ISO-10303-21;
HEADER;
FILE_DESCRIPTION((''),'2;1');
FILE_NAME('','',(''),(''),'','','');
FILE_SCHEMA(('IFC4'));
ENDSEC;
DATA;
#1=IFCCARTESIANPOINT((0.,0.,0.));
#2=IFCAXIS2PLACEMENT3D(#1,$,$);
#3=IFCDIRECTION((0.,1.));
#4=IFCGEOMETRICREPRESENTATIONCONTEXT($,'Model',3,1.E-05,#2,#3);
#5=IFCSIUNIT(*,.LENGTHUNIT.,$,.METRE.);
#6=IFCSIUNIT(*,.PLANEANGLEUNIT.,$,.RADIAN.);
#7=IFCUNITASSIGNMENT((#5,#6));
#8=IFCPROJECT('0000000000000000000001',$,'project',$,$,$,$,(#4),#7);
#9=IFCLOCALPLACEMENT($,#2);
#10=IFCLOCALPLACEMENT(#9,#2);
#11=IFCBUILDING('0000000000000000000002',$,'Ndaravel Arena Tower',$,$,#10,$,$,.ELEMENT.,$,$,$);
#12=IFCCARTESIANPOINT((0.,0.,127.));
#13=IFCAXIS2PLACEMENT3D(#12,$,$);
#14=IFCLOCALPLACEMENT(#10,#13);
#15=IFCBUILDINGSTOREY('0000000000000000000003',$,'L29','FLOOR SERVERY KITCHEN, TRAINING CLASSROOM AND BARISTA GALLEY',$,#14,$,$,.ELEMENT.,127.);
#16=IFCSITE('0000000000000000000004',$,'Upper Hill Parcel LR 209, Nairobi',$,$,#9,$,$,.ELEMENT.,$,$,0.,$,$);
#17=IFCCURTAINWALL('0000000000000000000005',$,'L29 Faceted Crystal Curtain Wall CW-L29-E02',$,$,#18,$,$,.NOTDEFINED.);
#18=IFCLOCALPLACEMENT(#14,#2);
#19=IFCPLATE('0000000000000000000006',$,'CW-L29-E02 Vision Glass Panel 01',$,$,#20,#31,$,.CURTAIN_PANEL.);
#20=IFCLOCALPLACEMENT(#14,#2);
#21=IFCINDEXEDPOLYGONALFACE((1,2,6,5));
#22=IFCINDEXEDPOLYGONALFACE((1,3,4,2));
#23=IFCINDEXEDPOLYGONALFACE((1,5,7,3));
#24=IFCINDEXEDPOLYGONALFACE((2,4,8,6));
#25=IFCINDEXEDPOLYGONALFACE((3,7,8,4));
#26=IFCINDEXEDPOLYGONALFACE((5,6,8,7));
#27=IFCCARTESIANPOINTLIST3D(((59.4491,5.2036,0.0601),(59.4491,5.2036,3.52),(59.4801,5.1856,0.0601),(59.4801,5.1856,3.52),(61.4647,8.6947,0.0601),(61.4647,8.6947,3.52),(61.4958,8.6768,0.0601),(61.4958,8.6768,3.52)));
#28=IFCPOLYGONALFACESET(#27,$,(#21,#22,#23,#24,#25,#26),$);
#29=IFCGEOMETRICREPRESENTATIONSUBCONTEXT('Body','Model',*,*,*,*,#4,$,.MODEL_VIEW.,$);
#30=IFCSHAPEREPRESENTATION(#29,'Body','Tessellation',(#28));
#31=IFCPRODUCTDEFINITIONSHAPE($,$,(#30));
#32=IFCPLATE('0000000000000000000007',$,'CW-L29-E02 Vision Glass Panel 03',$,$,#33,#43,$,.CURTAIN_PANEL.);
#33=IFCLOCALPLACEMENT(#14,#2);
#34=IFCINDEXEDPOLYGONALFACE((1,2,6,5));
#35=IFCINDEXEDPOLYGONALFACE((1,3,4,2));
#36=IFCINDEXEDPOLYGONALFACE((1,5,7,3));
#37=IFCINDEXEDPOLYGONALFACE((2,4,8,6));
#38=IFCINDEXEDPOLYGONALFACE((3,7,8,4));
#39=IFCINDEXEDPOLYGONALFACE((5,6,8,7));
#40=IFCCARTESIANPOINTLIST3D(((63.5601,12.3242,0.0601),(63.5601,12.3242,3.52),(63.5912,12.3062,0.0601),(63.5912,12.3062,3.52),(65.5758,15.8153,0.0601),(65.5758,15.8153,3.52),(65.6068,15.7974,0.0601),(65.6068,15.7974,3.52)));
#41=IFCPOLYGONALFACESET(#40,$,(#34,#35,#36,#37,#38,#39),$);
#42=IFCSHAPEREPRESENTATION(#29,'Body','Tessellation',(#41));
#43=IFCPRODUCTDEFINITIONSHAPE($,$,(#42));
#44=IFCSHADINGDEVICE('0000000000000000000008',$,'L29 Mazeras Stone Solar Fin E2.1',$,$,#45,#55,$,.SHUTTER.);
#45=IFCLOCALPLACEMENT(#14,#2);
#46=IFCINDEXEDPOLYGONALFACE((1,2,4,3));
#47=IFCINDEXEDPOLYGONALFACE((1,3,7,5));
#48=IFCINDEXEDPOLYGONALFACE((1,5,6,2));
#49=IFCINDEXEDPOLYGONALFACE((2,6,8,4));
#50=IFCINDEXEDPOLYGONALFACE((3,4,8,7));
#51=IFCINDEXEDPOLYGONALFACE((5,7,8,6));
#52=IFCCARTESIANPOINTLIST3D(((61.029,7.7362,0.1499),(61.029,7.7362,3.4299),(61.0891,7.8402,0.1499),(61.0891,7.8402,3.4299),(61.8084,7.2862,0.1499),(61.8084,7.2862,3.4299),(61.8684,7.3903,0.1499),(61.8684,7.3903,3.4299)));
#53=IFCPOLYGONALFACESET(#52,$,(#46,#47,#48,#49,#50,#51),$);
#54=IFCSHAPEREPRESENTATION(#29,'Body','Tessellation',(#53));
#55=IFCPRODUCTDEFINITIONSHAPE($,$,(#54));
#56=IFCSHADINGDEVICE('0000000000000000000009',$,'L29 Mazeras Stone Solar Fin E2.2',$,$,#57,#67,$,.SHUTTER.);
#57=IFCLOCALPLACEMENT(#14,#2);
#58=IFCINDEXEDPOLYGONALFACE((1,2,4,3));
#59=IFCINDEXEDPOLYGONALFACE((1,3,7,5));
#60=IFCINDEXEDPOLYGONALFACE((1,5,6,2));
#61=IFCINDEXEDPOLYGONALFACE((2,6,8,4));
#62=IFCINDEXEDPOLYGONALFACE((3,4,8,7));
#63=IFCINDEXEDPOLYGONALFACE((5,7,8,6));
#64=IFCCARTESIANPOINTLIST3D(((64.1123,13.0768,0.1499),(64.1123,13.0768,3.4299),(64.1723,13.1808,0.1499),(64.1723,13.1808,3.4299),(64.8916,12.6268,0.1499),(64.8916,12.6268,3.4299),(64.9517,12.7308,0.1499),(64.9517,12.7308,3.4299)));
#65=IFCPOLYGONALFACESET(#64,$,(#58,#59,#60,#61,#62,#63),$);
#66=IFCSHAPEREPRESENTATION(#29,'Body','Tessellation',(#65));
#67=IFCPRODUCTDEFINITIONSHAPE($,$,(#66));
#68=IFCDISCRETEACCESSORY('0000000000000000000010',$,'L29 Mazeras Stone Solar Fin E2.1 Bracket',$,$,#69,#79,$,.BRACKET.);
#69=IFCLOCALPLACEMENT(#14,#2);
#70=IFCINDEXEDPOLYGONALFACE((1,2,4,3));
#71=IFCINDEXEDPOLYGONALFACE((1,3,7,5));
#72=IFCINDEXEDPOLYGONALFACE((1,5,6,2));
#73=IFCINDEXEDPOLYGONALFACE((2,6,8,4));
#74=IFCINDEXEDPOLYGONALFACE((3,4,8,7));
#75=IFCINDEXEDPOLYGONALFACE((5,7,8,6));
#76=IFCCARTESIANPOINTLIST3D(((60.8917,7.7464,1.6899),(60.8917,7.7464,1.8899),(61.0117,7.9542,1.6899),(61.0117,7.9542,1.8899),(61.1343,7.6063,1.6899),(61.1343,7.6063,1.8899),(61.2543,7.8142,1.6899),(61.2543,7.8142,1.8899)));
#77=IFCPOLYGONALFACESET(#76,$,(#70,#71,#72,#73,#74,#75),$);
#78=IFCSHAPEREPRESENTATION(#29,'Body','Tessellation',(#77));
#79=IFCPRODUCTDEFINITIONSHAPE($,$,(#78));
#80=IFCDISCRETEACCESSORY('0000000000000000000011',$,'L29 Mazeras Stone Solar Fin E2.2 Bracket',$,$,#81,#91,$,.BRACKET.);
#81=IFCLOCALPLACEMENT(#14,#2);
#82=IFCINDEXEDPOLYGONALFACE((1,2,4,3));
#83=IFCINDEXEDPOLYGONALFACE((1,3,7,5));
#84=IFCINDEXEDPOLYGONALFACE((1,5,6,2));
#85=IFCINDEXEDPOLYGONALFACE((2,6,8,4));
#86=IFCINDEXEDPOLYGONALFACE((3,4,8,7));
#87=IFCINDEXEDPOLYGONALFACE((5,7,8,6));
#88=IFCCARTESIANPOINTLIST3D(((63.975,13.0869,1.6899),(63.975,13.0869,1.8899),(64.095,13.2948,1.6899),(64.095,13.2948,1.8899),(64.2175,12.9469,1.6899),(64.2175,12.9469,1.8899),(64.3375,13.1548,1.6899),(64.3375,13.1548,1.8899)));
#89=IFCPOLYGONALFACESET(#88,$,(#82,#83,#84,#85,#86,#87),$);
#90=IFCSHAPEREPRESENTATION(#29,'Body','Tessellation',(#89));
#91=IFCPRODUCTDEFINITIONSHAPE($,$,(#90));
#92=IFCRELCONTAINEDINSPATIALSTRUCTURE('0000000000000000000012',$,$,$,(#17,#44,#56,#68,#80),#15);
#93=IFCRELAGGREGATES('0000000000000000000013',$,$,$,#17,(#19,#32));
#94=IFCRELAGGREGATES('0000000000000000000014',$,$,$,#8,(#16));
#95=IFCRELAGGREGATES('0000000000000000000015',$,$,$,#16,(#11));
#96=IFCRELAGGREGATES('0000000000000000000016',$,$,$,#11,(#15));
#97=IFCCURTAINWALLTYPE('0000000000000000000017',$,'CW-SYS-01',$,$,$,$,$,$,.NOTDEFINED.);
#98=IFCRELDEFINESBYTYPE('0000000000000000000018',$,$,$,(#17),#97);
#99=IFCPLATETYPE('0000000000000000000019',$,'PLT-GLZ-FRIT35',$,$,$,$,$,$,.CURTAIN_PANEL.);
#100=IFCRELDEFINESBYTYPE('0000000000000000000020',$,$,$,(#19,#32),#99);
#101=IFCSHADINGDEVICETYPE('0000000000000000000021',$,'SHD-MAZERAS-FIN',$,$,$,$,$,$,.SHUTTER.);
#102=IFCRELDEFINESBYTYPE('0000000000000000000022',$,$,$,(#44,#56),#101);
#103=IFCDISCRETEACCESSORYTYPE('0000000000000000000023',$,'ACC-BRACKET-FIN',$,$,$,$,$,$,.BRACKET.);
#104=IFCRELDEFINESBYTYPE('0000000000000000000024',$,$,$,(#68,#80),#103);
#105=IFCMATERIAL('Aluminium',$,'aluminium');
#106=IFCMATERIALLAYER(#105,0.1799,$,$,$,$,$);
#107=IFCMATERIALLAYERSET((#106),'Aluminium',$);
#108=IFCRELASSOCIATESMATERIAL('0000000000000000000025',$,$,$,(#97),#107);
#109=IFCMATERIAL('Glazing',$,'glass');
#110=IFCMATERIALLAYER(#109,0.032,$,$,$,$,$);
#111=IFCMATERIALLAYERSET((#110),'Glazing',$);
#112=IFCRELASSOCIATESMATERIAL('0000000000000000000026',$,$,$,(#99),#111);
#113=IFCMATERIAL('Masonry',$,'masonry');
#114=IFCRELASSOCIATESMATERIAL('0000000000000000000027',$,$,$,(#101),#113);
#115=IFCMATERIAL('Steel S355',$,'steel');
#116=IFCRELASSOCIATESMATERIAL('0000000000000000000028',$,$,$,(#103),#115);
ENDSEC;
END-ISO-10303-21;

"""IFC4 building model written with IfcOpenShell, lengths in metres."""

from ifc_helpers import new_model, si_unit, direction, frame, origin, origin_2d, place, context, subcontext, project, spatial, rectangle, extrude, material, layer, layer_set, type_object, element, aggregate, save


model = new_model("IFC4")

# Units and contexts
model_context = context("Model", 3, precision=1e-05, world=origin(), true_north=direction((0.0, 1.0)))
body_context = subcontext(model_context, "Body", "Model", "MODEL_VIEW")
ifc_project = project(units=[si_unit("LENGTHUNIT", "METRE"), si_unit("PLANEANGLEUNIT", "RADIAN")], contexts=[model_context])

# Site, building, storey
site_placement = place(None, origin())
site = spatial("IfcSite", under=ifc_project, at=site_placement, Name="Upper Hill Parcel LR 209, Nairobi", CompositionType="ELEMENT", RefElevation=0.0)
building_placement = place(site_placement, origin())
building = spatial("IfcBuilding", under=site, at=building_placement, Name="Ndaravel Arena Tower", CompositionType="ELEMENT")
storey_placement = place(building_placement, frame((0.0, 0.0, 127.0)))
storey = spatial("IfcBuildingStorey", under=building, at=storey_placement, Name="L29", Description="FLOOR SERVERY KITCHEN, TRAINING CLASSROOM AND BARISTA GALLEY", CompositionType="ELEMENT", Elevation=127.0)

# Curtain wall, plates
ifc_material_1 = material(Name="Aluminium", Category="aluminium")
ifc_layer_1 = layer(ifc_material_1, 0.1799)
ifc_layer_set_1 = layer_set([ifc_layer_1], Name="Aluminium")
curtain_wall_type = type_object("IfcCurtainWallType", Name="CW-SYS-01", PredefinedType="NOTDEFINED", material=ifc_layer_set_1)
curtain_wall_placement = place(storey_placement, origin())
curtain_wall = element("IfcCurtainWall", 1, at=curtain_wall_placement, inside=storey, type_object=curtain_wall_type, Name="L29 Faceted Crystal Curtain Wall CW-L29-E02", PredefinedType="NOTDEFINED")
ifc_material_2 = material(Name="Glazing", Category="glass")
ifc_layer_2 = layer(ifc_material_2, 0.032)
ifc_layer_set_2 = layer_set([ifc_layer_2], Name="Glazing")
plate_type_1 = type_object("IfcPlateType", Name="PLT-GLZ-FRIT35", PredefinedType="CURTAIN_PANEL", material=ifc_layer_set_2)
plate_1_placement = place(storey_placement, frame((60.4724, 6.9402, 0.0601), z_axis=(0.0, 0.0, 1.0), x_axis=(0.5, 0.866025, 0.0)))
plate_1 = element("IfcPlate", 2, at=plate_1_placement, type_object=plate_type_1, Name="CW-L29-E02 Vision Glass Panel 01", PredefinedType="CURTAIN_PANEL", context=body_context, shape_type="SweptSolid", body=[
    extrude(rectangle(XDim=4.0312, YDim=0.0359, at=origin_2d()), origin(), (0.0, 0.0, 1.0), 3.46),
])
plate_2_placement = place(storey_placement, frame((64.5835, 14.0608, 0.0601), z_axis=(0.0, 0.0, 1.0), x_axis=(0.5, 0.866025, 0.0)))
plate_2 = element("IfcPlate", 3, at=plate_2_placement, type_object=plate_type_1, Name="CW-L29-E02 Vision Glass Panel 03", PredefinedType="CURTAIN_PANEL", context=body_context, shape_type="SweptSolid", body=[
    extrude(rectangle(XDim=4.0312, YDim=0.0359, at=origin_2d()), origin(), (0.0, 0.0, 1.0), 3.46),
])
aggregate(curtain_wall, [plate_1, plate_2])

# Shading devices
ifc_material_3 = material(Name="Masonry", Category="masonry")
shading_device_type = type_object("IfcShadingDeviceType", Name="SHD-MAZERAS-FIN", PredefinedType="SHUTTER", material=ifc_material_3)
for number, where, z_axis, x_axis, name in (
    (4, (61.4487, 7.5632, 0.1499), (0.0, 0.0, 1.0), (0.866025, -0.5, 0.0), "L29 Mazeras Stone Solar Fin E2.1"),
    (5, (64.532, 12.9038, 0.1499), (0.0, 0.0, 1.0), (0.866025, -0.5, 0.0), "L29 Mazeras Stone Solar Fin E2.2"),
):
    element("IfcShadingDevice", number, at=place(storey_placement, frame(where, z_axis=z_axis, x_axis=x_axis)), inside=storey, type_object=shading_device_type, Name=name, PredefinedType="SHUTTER", context=body_context, shape_type="SweptSolid", body=[
        extrude(rectangle(XDim=0.8999, YDim=0.1201, at=origin_2d()), origin(), (0.0, 0.0, 1.0), 3.28),
    ])

# Discrete accessories
ifc_material_4 = material(Name="Steel S355", Category="steel")
discrete_accessory_type = type_object("IfcDiscreteAccessoryType", Name="ACC-BRACKET-FIN", PredefinedType="BRACKET", material=ifc_material_4)
for number, where, z_axis, x_axis, name in (
    (6, (61.073, 7.7803, 1.6899), (0.0, 0.0, 1.0), (0.866025, -0.5, 0.0), "L29 Mazeras Stone Solar Fin E2.1 Bracket"),
    (7, (64.1562, 13.1208, 1.6899), (0.0, 0.0, 1.0), (0.866025, -0.5, 0.0), "L29 Mazeras Stone Solar Fin E2.2 Bracket"),
):
    element("IfcDiscreteAccessory", number, at=place(storey_placement, frame(where, z_axis=z_axis, x_axis=x_axis)), inside=storey, type_object=discrete_accessory_type, Name=name, PredefinedType="BRACKET", context=body_context, shape_type="SweptSolid", body=[
        extrude(rectangle(XDim=0.28, YDim=0.24, at=origin_2d()), origin(), (0.0, 0.0, 1.0), 0.2),
    ])

save(model, "model.ifc")
